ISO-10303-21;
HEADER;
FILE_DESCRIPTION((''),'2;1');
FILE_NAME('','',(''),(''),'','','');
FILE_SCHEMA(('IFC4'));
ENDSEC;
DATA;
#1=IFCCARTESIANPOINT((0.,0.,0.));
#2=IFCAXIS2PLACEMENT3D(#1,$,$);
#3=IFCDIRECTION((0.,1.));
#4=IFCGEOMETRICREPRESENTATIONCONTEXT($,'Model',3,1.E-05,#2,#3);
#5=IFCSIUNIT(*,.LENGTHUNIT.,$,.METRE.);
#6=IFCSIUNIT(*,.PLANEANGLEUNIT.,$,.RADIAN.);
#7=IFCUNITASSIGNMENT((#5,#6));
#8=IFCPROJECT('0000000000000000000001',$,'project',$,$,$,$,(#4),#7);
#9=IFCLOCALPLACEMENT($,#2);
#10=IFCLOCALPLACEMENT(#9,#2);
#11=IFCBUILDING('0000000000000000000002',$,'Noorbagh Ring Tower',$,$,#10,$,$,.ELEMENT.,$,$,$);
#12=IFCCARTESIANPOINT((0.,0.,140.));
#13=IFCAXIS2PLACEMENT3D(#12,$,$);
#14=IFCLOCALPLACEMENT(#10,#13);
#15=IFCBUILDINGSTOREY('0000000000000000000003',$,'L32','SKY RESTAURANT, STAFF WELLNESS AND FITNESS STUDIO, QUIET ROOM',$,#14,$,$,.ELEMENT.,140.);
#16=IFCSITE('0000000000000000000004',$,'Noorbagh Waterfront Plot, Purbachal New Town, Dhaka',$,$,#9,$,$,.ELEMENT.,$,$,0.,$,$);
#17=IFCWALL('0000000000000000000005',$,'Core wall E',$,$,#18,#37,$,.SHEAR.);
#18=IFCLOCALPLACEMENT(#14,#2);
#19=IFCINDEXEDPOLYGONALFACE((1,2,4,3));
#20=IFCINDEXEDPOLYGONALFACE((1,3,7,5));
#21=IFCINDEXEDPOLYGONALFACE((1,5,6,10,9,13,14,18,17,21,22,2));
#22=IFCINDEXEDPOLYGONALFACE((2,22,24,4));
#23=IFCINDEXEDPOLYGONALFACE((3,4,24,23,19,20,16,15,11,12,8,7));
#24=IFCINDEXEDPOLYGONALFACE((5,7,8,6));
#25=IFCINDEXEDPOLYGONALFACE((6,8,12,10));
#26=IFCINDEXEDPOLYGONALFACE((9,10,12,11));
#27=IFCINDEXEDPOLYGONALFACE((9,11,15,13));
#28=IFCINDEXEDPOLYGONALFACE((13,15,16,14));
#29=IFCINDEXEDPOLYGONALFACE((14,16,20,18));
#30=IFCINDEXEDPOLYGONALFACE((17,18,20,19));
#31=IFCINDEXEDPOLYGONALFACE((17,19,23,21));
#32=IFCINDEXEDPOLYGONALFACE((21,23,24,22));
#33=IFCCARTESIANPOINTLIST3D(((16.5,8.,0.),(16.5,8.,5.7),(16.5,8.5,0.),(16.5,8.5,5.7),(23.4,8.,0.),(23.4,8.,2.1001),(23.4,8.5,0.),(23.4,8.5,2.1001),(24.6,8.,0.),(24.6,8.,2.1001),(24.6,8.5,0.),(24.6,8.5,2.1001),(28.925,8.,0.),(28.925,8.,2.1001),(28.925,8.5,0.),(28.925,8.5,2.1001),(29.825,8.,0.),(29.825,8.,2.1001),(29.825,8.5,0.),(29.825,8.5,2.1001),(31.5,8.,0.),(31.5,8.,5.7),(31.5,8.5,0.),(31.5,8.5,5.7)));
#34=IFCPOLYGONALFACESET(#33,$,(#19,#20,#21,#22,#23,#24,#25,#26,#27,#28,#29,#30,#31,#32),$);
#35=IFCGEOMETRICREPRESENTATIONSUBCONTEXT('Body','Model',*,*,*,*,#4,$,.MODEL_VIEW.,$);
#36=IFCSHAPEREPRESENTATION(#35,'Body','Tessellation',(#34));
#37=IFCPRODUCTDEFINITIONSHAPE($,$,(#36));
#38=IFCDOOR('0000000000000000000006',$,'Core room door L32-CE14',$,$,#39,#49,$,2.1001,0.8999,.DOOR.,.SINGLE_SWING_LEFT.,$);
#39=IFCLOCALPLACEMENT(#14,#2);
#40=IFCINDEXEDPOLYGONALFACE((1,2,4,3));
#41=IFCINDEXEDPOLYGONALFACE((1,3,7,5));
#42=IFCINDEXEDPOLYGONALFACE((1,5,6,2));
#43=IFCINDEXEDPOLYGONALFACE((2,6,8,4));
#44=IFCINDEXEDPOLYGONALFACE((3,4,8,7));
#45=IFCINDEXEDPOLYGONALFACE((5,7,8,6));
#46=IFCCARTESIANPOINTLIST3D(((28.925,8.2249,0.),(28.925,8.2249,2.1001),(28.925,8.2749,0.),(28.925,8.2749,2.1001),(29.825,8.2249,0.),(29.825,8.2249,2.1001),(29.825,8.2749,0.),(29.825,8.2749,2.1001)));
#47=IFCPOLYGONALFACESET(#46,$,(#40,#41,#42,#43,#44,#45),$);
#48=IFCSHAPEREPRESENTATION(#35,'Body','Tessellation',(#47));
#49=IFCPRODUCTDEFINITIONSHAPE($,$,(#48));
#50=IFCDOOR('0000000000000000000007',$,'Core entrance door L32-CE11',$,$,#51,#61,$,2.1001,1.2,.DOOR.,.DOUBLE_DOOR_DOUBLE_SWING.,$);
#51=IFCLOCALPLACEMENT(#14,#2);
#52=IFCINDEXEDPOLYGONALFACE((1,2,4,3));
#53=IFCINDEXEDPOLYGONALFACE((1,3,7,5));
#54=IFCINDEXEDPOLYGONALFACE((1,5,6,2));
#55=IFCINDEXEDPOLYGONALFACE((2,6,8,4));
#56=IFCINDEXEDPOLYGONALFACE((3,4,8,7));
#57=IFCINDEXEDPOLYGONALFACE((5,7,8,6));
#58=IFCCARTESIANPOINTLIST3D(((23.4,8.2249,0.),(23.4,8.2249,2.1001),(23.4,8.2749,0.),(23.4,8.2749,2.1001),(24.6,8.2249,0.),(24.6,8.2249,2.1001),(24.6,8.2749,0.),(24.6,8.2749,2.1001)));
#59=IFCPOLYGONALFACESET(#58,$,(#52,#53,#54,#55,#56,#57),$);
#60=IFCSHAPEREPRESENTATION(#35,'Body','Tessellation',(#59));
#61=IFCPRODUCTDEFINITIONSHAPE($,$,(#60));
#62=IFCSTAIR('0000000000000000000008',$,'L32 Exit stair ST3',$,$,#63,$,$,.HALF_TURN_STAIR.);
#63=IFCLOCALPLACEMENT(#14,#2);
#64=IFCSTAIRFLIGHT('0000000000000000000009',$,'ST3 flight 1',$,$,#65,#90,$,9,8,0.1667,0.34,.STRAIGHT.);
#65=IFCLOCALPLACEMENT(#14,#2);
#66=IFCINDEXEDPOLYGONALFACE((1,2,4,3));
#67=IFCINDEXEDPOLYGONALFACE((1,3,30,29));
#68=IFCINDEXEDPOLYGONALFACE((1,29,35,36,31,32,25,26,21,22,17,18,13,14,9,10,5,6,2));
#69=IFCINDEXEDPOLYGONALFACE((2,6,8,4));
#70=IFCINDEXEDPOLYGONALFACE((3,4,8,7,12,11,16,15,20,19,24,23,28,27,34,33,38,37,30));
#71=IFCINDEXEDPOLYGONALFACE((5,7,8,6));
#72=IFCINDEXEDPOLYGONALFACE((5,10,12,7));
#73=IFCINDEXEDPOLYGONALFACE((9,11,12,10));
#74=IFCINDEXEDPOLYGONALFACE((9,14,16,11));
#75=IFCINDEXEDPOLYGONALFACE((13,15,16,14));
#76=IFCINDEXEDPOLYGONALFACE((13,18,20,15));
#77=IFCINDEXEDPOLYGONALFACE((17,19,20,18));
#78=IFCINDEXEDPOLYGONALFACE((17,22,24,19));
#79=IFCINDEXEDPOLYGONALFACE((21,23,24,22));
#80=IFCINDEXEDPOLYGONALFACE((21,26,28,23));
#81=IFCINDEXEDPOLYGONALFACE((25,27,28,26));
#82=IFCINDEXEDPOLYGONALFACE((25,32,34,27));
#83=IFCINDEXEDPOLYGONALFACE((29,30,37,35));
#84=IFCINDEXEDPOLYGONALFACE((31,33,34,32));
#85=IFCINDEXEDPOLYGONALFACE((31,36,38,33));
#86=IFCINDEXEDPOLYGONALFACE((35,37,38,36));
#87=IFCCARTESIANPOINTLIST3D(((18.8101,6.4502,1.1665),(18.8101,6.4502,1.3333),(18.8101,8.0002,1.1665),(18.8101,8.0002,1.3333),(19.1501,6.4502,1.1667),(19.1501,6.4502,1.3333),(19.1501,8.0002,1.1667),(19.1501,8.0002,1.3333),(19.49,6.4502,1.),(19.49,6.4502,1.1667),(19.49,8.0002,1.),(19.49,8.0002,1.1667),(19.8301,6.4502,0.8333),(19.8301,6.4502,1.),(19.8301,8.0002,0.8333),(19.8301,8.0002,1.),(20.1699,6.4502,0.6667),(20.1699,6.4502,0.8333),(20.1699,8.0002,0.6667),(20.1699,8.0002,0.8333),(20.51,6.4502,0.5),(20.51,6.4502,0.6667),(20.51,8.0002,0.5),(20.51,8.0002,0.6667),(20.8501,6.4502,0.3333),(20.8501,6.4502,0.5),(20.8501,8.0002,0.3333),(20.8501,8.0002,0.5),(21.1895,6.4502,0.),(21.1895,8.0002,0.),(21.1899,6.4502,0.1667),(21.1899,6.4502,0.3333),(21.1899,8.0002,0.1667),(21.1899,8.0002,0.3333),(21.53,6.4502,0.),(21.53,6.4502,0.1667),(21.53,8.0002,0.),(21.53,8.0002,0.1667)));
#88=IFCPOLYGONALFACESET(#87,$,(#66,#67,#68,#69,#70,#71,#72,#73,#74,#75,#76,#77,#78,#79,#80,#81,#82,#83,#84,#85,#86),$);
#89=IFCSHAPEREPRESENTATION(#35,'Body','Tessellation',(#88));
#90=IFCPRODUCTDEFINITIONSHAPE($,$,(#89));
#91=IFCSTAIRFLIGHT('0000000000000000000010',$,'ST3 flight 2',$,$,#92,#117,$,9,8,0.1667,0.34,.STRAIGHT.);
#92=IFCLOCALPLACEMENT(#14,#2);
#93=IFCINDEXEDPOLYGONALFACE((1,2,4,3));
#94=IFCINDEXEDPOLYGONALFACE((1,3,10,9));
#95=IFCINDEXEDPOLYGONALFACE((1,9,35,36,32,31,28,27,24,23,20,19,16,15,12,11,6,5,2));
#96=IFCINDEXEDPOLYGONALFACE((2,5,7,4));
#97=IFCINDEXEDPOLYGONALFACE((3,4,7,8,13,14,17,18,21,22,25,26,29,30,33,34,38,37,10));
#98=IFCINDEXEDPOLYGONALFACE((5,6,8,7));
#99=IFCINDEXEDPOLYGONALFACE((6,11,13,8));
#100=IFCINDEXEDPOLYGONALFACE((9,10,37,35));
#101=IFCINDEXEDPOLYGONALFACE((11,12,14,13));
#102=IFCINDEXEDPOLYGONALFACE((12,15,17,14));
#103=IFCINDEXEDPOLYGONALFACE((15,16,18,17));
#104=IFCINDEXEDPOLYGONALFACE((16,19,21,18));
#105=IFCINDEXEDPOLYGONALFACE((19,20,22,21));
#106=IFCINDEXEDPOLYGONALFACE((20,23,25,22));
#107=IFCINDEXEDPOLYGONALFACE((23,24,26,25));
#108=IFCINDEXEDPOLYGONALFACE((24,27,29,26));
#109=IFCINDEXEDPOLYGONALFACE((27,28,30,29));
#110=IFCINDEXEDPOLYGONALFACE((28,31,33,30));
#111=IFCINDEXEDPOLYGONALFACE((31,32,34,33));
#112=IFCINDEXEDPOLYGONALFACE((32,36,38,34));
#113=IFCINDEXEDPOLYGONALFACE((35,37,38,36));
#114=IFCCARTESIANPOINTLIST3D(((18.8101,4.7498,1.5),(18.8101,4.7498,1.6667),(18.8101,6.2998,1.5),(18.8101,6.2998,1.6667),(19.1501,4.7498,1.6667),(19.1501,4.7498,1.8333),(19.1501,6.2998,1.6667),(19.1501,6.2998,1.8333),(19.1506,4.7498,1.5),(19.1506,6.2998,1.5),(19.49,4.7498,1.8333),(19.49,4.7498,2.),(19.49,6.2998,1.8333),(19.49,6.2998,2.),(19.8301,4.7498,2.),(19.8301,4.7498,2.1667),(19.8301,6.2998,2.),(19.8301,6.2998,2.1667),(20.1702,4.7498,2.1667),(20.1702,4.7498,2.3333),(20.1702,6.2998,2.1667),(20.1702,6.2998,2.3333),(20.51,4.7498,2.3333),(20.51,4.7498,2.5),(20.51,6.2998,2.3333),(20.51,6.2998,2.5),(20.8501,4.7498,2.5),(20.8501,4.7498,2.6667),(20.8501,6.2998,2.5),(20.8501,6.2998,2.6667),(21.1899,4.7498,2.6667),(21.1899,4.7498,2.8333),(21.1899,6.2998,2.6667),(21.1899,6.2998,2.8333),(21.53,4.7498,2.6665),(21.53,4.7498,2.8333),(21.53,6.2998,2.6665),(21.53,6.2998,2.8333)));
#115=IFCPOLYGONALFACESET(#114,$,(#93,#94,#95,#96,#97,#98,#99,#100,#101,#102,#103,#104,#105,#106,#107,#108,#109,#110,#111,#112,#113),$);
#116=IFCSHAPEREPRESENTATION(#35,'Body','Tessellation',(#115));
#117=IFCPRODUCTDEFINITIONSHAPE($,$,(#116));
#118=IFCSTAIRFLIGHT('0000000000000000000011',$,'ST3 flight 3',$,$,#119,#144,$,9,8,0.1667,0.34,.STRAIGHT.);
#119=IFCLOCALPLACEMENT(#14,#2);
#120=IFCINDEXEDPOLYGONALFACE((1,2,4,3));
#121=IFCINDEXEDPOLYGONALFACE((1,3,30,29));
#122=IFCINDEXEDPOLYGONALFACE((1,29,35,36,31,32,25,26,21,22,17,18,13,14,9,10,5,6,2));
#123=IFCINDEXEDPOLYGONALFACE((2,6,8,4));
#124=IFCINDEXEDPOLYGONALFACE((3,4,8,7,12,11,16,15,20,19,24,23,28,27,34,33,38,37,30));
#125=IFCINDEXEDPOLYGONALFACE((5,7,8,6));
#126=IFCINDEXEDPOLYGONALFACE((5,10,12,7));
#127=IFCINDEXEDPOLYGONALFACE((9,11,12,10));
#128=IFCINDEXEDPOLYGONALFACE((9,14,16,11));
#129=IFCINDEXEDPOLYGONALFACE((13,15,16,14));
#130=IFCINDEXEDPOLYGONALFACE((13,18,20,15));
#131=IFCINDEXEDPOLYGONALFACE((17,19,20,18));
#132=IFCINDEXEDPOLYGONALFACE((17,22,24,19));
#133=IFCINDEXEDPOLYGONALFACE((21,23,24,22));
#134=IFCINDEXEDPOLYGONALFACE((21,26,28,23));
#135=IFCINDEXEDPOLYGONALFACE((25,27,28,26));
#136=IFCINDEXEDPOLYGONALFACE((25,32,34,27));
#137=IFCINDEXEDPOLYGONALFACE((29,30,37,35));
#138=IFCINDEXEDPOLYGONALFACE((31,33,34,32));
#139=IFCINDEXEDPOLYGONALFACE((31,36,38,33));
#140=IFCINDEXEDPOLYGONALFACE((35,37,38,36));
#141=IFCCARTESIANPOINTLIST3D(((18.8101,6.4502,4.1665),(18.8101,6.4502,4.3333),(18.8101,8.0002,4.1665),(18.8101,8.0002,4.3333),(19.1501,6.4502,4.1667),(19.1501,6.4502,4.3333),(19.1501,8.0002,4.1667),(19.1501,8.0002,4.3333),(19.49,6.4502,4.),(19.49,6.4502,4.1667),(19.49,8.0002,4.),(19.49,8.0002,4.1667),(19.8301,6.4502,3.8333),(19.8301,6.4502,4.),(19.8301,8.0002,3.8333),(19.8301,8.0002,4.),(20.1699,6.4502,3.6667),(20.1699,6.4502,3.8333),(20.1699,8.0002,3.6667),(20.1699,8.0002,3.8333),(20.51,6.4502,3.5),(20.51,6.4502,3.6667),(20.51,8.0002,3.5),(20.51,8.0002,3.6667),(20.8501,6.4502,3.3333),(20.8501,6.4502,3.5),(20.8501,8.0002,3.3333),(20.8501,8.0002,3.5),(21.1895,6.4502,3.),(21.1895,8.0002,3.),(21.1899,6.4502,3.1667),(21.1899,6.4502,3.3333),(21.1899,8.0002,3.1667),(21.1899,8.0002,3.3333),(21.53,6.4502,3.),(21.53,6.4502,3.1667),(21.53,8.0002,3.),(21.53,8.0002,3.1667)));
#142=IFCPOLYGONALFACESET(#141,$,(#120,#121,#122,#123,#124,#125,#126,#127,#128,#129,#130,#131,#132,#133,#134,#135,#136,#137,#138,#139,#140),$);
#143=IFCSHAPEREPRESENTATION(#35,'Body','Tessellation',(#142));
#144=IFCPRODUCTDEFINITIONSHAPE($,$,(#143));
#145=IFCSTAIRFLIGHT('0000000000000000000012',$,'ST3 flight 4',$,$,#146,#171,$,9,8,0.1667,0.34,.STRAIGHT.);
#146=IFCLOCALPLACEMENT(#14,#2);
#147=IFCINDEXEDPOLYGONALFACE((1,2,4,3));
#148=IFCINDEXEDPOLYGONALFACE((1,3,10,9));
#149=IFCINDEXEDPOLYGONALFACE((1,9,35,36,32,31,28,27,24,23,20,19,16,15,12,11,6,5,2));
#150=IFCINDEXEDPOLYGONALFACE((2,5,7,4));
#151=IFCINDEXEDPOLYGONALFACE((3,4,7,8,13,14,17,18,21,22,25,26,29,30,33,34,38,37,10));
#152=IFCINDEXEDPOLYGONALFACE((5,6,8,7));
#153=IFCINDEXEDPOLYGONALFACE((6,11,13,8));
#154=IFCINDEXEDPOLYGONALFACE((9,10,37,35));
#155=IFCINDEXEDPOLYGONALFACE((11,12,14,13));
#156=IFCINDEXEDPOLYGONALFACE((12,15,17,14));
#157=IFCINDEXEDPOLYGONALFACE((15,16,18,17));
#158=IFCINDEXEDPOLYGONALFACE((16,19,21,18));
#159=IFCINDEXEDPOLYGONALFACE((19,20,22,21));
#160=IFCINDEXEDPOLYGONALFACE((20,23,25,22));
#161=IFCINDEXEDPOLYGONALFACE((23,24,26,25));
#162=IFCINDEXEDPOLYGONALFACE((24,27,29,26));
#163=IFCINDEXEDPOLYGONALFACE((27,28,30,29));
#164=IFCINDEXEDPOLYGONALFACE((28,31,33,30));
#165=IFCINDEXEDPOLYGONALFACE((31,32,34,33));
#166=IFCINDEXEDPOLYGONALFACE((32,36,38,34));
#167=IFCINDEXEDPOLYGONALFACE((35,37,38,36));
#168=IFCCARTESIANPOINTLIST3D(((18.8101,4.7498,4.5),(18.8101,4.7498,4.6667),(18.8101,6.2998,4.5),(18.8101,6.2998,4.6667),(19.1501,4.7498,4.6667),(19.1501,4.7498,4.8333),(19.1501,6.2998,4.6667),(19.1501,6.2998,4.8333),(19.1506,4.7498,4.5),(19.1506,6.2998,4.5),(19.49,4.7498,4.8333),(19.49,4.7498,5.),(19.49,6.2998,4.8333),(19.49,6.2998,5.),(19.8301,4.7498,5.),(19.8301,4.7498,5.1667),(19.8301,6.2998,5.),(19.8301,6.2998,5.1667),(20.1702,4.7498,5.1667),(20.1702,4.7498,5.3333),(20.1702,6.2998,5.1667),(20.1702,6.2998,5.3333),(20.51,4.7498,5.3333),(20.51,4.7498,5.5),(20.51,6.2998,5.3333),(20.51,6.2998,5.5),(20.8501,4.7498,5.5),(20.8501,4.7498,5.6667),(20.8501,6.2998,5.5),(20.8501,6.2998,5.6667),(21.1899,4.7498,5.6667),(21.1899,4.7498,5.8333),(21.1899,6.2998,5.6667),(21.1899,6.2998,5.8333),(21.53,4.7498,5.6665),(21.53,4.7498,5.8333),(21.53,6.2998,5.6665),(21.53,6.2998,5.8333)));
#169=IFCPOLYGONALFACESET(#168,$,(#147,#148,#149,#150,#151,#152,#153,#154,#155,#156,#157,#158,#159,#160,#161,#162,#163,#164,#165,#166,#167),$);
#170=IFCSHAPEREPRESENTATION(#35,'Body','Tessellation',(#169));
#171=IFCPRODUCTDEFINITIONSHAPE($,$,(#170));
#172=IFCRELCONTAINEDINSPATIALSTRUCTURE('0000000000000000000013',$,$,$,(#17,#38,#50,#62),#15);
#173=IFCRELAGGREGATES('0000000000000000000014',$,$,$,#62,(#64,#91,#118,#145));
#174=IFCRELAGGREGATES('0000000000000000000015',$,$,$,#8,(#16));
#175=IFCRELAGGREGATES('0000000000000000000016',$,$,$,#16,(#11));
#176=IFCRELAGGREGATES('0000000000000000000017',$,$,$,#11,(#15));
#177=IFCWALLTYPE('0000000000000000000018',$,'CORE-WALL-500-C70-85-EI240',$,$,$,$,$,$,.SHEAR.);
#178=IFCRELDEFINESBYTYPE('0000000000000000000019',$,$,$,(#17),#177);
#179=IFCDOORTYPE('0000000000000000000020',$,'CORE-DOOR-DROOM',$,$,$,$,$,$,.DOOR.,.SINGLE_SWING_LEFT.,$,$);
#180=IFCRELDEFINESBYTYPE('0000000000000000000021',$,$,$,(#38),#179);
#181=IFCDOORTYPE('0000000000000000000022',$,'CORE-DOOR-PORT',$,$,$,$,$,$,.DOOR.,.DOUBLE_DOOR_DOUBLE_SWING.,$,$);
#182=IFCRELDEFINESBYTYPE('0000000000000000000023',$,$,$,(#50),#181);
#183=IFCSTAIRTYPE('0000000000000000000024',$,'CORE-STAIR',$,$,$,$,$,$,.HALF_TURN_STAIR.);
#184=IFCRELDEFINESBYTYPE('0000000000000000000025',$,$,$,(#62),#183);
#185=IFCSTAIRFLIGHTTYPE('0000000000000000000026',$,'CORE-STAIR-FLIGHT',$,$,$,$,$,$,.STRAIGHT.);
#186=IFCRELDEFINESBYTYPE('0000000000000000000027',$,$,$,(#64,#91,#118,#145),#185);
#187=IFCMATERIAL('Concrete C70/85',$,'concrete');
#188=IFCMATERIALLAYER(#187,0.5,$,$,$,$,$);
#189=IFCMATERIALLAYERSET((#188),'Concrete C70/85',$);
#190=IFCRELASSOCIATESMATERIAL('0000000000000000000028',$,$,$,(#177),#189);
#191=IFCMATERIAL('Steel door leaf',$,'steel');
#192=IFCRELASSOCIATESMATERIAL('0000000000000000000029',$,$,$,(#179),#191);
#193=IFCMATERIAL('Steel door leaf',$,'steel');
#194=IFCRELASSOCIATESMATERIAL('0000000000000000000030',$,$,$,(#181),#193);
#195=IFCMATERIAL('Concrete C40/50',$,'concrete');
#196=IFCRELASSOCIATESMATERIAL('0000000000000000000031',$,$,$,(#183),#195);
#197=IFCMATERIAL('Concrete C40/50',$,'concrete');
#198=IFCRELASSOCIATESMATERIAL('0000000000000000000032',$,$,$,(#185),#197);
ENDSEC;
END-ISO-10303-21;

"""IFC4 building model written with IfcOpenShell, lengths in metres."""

from ifc_helpers import new_model, si_unit, direction, frame, frame_2d, origin, place, context, subcontext, project, spatial, polyline, rectangle, outline, extrude, material, layer, layer_set, type_object, element, fill, aggregate, save


model = new_model("IFC4")

# Units and contexts
model_context = context("Model", 3, precision=1e-05, world=origin(), true_north=direction((0.0, 1.0)))
body_context = subcontext(model_context, "Body", "Model", "MODEL_VIEW")
ifc_project = project(units=[si_unit("LENGTHUNIT", "METRE"), si_unit("PLANEANGLEUNIT", "RADIAN")], contexts=[model_context])

# Site, building, storey
site_placement = place(None, origin())
site = spatial("IfcSite", under=ifc_project, at=site_placement, Name="Noorbagh Waterfront Plot, Purbachal New Town, Dhaka", CompositionType="ELEMENT", RefElevation=0.0)
building_placement = place(site_placement, origin())
building = spatial("IfcBuilding", under=site, at=building_placement, Name="Noorbagh Ring Tower", CompositionType="ELEMENT")
storey_placement = place(building_placement, frame((0.0, 0.0, 140.0)))
storey = spatial("IfcBuildingStorey", under=building, at=storey_placement, Name="L32", Description="SKY RESTAURANT, STAFF WELLNESS AND FITNESS STUDIO, QUIET ROOM", CompositionType="ELEMENT", Elevation=140.0)

# Wall, openings, doors
ifc_material_1 = material(Name="Concrete C70/85", Category="concrete")
ifc_layer_1 = layer(ifc_material_1, 0.5)
ifc_layer_set_1 = layer_set([ifc_layer_1], Name="Concrete C70/85")
wall_type_1 = type_object("IfcWallType", Name="CORE-WALL-500-C70-85-EI240", PredefinedType="SHEAR", material=ifc_layer_set_1)
wall_1_placement = place(storey_placement, frame((16.5, 8.25, 0.0), z_axis=(0.0, 0.0, 1.0), x_axis=(1.0, 0.0, 0.0)))
wall_1 = element("IfcWall", 1, at=wall_1_placement, inside=storey, type_object=wall_type_1, Name="Core wall E", PredefinedType="SHEAR", context=body_context, shape_type="SweptSolid", body=[
    extrude(rectangle(XDim=15.0, YDim=0.5, at=frame_2d((7.5, 0.0))), origin(), (0.0, 0.0, 1.0), 5.7),
])
opening_1_placement = place(wall_1_placement, frame((6.8999, 0.0, 0.0)))
opening_1 = element("IfcOpeningElement", 2, at=opening_1_placement, cuts=wall_1, PredefinedType="OPENING", context=body_context, shape_type="SweptSolid", body=[
    extrude(rectangle(XDim=1.2, YDim=2.1001, at=frame_2d((0.6001, 1.05))), frame((0.0, 0.26, 0.0), z_axis=(0.0, -1.0, 0.0), x_axis=(1.0, 0.0, 0.0)), (0.0, 0.0, 1.0), 0.52),
])
opening_2_placement = place(wall_1_placement, frame((12.425, 0.0, 0.0)))
opening_2 = element("IfcOpeningElement", 3, at=opening_2_placement, cuts=wall_1, PredefinedType="OPENING", context=body_context, shape_type="SweptSolid", body=[
    extrude(rectangle(XDim=0.8999, YDim=2.1001, at=frame_2d((0.45, 1.05))), frame((0.0, 0.26, 0.0), z_axis=(0.0, -1.0, 0.0), x_axis=(1.0, 0.0, 0.0)), (0.0, 0.0, 1.0), 0.52),
])
ifc_material_2 = material(Name="Steel door leaf", Category="steel")
door_type_1 = type_object("IfcDoorType", Name="CORE-DOOR-DROOM", OperationType="SINGLE_SWING_LEFT", PredefinedType="DOOR", material=ifc_material_2)
door_1_placement = place(opening_2_placement, origin())
door_1 = element("IfcDoor", 4, at=door_1_placement, inside=storey, type_object=door_type_1, Name="Core room door L32-CE14", OperationType="SINGLE_SWING_LEFT", OverallHeight=2.1001, OverallWidth=0.8999, PredefinedType="DOOR", context=body_context, shape_type="SweptSolid", body=[
    extrude(rectangle(XDim=0.8999, YDim=2.1001, at=frame_2d((0.45, 1.05))), frame((0.0, 0.0249, 0.0), z_axis=(0.0, -1.0, 0.0), x_axis=(1.0, 0.0, 0.0)), (0.0, 0.0, 1.0), 0.05),
])
fill(opening_2, door_1)
ifc_material_3 = material(Name="Steel door leaf", Category="steel")
door_type_2 = type_object("IfcDoorType", Name="CORE-DOOR-PORT", OperationType="DOUBLE_DOOR_DOUBLE_SWING", PredefinedType="DOOR", material=ifc_material_3)
door_2_placement = place(opening_1_placement, origin())
door_2 = element("IfcDoor", 5, at=door_2_placement, inside=storey, type_object=door_type_2, Name="Core entrance door L32-CE11", OperationType="DOUBLE_DOOR_DOUBLE_SWING", OverallHeight=2.1001, OverallWidth=1.2, PredefinedType="DOOR", context=body_context, shape_type="SweptSolid", body=[
    extrude(rectangle(XDim=1.2, YDim=2.1001, at=frame_2d((0.6001, 1.05))), frame((0.0, 0.0249, 0.0), z_axis=(0.0, -1.0, 0.0), x_axis=(1.0, 0.0, 0.0)), (0.0, 0.0, 1.0), 0.05),
])
fill(opening_1, door_2)

# Stair, stair flights
ifc_material_4 = material(Name="Concrete C40/50", Category="concrete")
stair_type = type_object("IfcStairType", Name="CORE-STAIR", PredefinedType="HALF_TURN_STAIR", material=ifc_material_4)
stair_placement = place(storey_placement, origin())
stair = element("IfcStair", 6, at=stair_placement, inside=storey, type_object=stair_type, Name="L32 Exit stair ST3", PredefinedType="HALF_TURN_STAIR")
ifc_material_5 = material(Name="Concrete C40/50", Category="concrete")
stair_flight_type = type_object("IfcStairFlightType", Name="CORE-STAIR-FLIGHT", PredefinedType="STRAIGHT", material=ifc_material_5)
stair_flight_1_placement = place(storey_placement, frame((21.53, 7.2251, 0.0), z_axis=(0.0, 0.0, 1.0), x_axis=(-1.0, 0.0, 0.0)))
stair_flight_1 = element("IfcStairFlight", 7, at=stair_flight_1_placement, type_object=stair_flight_type, Name="ST3 flight 1", NumberOfRisers=9, NumberOfTreads=8, PredefinedType="STRAIGHT", RiserHeight=0.1667, TreadLength=0.34, context=body_context, shape_type="SweptSolid", body=[
    extrude(outline(polyline([(0.0, 0.0), (0.0, 0.1667), (0.3401, 0.1667), (0.3401, 0.3333), (0.6799, 0.3333), (0.6799, 0.5), (1.02, 0.5), (1.02, 0.6667), (1.3601, 0.6667), (1.3601, 0.8333), (1.7, 0.8333), (1.7, 1.0), (2.04, 1.0), (2.04, 1.1667), (2.3799, 1.1667), (2.3799, 1.3333), (2.72, 1.3333), (2.72, 1.5), (2.72, 1.1665), (0.3406, 0.0), (0.0, 0.0)])), frame((0.0, 0.7749, 0.0), z_axis=(0.0, -1.0, 0.0), x_axis=(1.0, 0.0, 0.0)), (0.0, 0.0, 1.0), 1.55),
])
stair_flight_2_placement = place(storey_placement, frame((18.8101, 5.5249, 1.5), z_axis=(0.0, 0.0, 1.0), x_axis=(1.0, 0.0, 0.0)))
stair_flight_2 = element("IfcStairFlight", 8, at=stair_flight_2_placement, type_object=stair_flight_type, Name="ST3 flight 2", NumberOfRisers=9, NumberOfTreads=8, PredefinedType="STRAIGHT", RiserHeight=0.1667, TreadLength=0.34, context=body_context, shape_type="SweptSolid", body=[
    extrude(outline(polyline([(0.0, 0.0), (0.0, 0.1667), (0.3401, 0.1667), (0.3401, 0.3333), (0.6799, 0.3333), (0.6799, 0.5), (1.02, 0.5), (1.02, 0.6667), (1.3601, 0.6667), (1.3601, 0.8333), (1.7, 0.8333), (1.7, 1.0), (2.04, 1.0), (2.04, 1.1667), (2.3799, 1.1667), (2.3799, 1.3333), (2.72, 1.3333), (2.72, 1.5), (2.72, 1.1665), (0.3406, 0.0), (0.0, 0.0)])), frame((0.0, 0.7749, 0.0), z_axis=(0.0, -1.0, 0.0), x_axis=(1.0, 0.0, 0.0)), (0.0, 0.0, 1.0), 1.55),
])
stair_flight_3_placement = place(storey_placement, frame((21.53, 7.2251, 3.0), z_axis=(0.0, 0.0, 1.0), x_axis=(-1.0, 0.0, 0.0)))
stair_flight_3 = element("IfcStairFlight", 9, at=stair_flight_3_placement, type_object=stair_flight_type, Name="ST3 flight 3", NumberOfRisers=9, NumberOfTreads=8, PredefinedType="STRAIGHT", RiserHeight=0.1667, TreadLength=0.34, context=body_context, shape_type="SweptSolid", body=[
    extrude(outline(polyline([(0.0, 0.0), (0.0, 0.1667), (0.3401, 0.1667), (0.3401, 0.3333), (0.6799, 0.3333), (0.6799, 0.5), (1.02, 0.5), (1.02, 0.6667), (1.3601, 0.6667), (1.3601, 0.8333), (1.7, 0.8333), (1.7, 1.0), (2.04, 1.0), (2.04, 1.1667), (2.3799, 1.1667), (2.3799, 1.3333), (2.72, 1.3333), (2.72, 1.5), (2.72, 1.1665), (0.3406, 0.0), (0.0, 0.0)])), frame((0.0, 0.7749, 0.0), z_axis=(0.0, -1.0, 0.0), x_axis=(1.0, 0.0, 0.0)), (0.0, 0.0, 1.0), 1.55),
])
stair_flight_4_placement = place(storey_placement, frame((18.8101, 5.5249, 4.5), z_axis=(0.0, 0.0, 1.0), x_axis=(1.0, 0.0, 0.0)))
stair_flight_4 = element("IfcStairFlight", 10, at=stair_flight_4_placement, type_object=stair_flight_type, Name="ST3 flight 4", NumberOfRisers=9, NumberOfTreads=8, PredefinedType="STRAIGHT", RiserHeight=0.1667, TreadLength=0.34, context=body_context, shape_type="SweptSolid", body=[
    extrude(outline(polyline([(0.0, 0.0), (0.0, 0.1667), (0.3401, 0.1667), (0.3401, 0.3333), (0.6799, 0.3333), (0.6799, 0.5), (1.02, 0.5), (1.02, 0.6667), (1.3601, 0.6667), (1.3601, 0.8333), (1.7, 0.8333), (1.7, 1.0), (2.04, 1.0), (2.04, 1.1667), (2.3799, 1.1667), (2.3799, 1.3333), (2.72, 1.3333), (2.72, 1.5), (2.72, 1.1665), (0.3406, 0.0), (0.0, 0.0)])), frame((0.0, 0.7749, 0.0), z_axis=(0.0, -1.0, 0.0), x_axis=(1.0, 0.0, 0.0)), (0.0, 0.0, 1.0), 1.55),
])
aggregate(stair, [stair_flight_1, stair_flight_2, stair_flight_3, stair_flight_4])

save(model, "model.ifc")
